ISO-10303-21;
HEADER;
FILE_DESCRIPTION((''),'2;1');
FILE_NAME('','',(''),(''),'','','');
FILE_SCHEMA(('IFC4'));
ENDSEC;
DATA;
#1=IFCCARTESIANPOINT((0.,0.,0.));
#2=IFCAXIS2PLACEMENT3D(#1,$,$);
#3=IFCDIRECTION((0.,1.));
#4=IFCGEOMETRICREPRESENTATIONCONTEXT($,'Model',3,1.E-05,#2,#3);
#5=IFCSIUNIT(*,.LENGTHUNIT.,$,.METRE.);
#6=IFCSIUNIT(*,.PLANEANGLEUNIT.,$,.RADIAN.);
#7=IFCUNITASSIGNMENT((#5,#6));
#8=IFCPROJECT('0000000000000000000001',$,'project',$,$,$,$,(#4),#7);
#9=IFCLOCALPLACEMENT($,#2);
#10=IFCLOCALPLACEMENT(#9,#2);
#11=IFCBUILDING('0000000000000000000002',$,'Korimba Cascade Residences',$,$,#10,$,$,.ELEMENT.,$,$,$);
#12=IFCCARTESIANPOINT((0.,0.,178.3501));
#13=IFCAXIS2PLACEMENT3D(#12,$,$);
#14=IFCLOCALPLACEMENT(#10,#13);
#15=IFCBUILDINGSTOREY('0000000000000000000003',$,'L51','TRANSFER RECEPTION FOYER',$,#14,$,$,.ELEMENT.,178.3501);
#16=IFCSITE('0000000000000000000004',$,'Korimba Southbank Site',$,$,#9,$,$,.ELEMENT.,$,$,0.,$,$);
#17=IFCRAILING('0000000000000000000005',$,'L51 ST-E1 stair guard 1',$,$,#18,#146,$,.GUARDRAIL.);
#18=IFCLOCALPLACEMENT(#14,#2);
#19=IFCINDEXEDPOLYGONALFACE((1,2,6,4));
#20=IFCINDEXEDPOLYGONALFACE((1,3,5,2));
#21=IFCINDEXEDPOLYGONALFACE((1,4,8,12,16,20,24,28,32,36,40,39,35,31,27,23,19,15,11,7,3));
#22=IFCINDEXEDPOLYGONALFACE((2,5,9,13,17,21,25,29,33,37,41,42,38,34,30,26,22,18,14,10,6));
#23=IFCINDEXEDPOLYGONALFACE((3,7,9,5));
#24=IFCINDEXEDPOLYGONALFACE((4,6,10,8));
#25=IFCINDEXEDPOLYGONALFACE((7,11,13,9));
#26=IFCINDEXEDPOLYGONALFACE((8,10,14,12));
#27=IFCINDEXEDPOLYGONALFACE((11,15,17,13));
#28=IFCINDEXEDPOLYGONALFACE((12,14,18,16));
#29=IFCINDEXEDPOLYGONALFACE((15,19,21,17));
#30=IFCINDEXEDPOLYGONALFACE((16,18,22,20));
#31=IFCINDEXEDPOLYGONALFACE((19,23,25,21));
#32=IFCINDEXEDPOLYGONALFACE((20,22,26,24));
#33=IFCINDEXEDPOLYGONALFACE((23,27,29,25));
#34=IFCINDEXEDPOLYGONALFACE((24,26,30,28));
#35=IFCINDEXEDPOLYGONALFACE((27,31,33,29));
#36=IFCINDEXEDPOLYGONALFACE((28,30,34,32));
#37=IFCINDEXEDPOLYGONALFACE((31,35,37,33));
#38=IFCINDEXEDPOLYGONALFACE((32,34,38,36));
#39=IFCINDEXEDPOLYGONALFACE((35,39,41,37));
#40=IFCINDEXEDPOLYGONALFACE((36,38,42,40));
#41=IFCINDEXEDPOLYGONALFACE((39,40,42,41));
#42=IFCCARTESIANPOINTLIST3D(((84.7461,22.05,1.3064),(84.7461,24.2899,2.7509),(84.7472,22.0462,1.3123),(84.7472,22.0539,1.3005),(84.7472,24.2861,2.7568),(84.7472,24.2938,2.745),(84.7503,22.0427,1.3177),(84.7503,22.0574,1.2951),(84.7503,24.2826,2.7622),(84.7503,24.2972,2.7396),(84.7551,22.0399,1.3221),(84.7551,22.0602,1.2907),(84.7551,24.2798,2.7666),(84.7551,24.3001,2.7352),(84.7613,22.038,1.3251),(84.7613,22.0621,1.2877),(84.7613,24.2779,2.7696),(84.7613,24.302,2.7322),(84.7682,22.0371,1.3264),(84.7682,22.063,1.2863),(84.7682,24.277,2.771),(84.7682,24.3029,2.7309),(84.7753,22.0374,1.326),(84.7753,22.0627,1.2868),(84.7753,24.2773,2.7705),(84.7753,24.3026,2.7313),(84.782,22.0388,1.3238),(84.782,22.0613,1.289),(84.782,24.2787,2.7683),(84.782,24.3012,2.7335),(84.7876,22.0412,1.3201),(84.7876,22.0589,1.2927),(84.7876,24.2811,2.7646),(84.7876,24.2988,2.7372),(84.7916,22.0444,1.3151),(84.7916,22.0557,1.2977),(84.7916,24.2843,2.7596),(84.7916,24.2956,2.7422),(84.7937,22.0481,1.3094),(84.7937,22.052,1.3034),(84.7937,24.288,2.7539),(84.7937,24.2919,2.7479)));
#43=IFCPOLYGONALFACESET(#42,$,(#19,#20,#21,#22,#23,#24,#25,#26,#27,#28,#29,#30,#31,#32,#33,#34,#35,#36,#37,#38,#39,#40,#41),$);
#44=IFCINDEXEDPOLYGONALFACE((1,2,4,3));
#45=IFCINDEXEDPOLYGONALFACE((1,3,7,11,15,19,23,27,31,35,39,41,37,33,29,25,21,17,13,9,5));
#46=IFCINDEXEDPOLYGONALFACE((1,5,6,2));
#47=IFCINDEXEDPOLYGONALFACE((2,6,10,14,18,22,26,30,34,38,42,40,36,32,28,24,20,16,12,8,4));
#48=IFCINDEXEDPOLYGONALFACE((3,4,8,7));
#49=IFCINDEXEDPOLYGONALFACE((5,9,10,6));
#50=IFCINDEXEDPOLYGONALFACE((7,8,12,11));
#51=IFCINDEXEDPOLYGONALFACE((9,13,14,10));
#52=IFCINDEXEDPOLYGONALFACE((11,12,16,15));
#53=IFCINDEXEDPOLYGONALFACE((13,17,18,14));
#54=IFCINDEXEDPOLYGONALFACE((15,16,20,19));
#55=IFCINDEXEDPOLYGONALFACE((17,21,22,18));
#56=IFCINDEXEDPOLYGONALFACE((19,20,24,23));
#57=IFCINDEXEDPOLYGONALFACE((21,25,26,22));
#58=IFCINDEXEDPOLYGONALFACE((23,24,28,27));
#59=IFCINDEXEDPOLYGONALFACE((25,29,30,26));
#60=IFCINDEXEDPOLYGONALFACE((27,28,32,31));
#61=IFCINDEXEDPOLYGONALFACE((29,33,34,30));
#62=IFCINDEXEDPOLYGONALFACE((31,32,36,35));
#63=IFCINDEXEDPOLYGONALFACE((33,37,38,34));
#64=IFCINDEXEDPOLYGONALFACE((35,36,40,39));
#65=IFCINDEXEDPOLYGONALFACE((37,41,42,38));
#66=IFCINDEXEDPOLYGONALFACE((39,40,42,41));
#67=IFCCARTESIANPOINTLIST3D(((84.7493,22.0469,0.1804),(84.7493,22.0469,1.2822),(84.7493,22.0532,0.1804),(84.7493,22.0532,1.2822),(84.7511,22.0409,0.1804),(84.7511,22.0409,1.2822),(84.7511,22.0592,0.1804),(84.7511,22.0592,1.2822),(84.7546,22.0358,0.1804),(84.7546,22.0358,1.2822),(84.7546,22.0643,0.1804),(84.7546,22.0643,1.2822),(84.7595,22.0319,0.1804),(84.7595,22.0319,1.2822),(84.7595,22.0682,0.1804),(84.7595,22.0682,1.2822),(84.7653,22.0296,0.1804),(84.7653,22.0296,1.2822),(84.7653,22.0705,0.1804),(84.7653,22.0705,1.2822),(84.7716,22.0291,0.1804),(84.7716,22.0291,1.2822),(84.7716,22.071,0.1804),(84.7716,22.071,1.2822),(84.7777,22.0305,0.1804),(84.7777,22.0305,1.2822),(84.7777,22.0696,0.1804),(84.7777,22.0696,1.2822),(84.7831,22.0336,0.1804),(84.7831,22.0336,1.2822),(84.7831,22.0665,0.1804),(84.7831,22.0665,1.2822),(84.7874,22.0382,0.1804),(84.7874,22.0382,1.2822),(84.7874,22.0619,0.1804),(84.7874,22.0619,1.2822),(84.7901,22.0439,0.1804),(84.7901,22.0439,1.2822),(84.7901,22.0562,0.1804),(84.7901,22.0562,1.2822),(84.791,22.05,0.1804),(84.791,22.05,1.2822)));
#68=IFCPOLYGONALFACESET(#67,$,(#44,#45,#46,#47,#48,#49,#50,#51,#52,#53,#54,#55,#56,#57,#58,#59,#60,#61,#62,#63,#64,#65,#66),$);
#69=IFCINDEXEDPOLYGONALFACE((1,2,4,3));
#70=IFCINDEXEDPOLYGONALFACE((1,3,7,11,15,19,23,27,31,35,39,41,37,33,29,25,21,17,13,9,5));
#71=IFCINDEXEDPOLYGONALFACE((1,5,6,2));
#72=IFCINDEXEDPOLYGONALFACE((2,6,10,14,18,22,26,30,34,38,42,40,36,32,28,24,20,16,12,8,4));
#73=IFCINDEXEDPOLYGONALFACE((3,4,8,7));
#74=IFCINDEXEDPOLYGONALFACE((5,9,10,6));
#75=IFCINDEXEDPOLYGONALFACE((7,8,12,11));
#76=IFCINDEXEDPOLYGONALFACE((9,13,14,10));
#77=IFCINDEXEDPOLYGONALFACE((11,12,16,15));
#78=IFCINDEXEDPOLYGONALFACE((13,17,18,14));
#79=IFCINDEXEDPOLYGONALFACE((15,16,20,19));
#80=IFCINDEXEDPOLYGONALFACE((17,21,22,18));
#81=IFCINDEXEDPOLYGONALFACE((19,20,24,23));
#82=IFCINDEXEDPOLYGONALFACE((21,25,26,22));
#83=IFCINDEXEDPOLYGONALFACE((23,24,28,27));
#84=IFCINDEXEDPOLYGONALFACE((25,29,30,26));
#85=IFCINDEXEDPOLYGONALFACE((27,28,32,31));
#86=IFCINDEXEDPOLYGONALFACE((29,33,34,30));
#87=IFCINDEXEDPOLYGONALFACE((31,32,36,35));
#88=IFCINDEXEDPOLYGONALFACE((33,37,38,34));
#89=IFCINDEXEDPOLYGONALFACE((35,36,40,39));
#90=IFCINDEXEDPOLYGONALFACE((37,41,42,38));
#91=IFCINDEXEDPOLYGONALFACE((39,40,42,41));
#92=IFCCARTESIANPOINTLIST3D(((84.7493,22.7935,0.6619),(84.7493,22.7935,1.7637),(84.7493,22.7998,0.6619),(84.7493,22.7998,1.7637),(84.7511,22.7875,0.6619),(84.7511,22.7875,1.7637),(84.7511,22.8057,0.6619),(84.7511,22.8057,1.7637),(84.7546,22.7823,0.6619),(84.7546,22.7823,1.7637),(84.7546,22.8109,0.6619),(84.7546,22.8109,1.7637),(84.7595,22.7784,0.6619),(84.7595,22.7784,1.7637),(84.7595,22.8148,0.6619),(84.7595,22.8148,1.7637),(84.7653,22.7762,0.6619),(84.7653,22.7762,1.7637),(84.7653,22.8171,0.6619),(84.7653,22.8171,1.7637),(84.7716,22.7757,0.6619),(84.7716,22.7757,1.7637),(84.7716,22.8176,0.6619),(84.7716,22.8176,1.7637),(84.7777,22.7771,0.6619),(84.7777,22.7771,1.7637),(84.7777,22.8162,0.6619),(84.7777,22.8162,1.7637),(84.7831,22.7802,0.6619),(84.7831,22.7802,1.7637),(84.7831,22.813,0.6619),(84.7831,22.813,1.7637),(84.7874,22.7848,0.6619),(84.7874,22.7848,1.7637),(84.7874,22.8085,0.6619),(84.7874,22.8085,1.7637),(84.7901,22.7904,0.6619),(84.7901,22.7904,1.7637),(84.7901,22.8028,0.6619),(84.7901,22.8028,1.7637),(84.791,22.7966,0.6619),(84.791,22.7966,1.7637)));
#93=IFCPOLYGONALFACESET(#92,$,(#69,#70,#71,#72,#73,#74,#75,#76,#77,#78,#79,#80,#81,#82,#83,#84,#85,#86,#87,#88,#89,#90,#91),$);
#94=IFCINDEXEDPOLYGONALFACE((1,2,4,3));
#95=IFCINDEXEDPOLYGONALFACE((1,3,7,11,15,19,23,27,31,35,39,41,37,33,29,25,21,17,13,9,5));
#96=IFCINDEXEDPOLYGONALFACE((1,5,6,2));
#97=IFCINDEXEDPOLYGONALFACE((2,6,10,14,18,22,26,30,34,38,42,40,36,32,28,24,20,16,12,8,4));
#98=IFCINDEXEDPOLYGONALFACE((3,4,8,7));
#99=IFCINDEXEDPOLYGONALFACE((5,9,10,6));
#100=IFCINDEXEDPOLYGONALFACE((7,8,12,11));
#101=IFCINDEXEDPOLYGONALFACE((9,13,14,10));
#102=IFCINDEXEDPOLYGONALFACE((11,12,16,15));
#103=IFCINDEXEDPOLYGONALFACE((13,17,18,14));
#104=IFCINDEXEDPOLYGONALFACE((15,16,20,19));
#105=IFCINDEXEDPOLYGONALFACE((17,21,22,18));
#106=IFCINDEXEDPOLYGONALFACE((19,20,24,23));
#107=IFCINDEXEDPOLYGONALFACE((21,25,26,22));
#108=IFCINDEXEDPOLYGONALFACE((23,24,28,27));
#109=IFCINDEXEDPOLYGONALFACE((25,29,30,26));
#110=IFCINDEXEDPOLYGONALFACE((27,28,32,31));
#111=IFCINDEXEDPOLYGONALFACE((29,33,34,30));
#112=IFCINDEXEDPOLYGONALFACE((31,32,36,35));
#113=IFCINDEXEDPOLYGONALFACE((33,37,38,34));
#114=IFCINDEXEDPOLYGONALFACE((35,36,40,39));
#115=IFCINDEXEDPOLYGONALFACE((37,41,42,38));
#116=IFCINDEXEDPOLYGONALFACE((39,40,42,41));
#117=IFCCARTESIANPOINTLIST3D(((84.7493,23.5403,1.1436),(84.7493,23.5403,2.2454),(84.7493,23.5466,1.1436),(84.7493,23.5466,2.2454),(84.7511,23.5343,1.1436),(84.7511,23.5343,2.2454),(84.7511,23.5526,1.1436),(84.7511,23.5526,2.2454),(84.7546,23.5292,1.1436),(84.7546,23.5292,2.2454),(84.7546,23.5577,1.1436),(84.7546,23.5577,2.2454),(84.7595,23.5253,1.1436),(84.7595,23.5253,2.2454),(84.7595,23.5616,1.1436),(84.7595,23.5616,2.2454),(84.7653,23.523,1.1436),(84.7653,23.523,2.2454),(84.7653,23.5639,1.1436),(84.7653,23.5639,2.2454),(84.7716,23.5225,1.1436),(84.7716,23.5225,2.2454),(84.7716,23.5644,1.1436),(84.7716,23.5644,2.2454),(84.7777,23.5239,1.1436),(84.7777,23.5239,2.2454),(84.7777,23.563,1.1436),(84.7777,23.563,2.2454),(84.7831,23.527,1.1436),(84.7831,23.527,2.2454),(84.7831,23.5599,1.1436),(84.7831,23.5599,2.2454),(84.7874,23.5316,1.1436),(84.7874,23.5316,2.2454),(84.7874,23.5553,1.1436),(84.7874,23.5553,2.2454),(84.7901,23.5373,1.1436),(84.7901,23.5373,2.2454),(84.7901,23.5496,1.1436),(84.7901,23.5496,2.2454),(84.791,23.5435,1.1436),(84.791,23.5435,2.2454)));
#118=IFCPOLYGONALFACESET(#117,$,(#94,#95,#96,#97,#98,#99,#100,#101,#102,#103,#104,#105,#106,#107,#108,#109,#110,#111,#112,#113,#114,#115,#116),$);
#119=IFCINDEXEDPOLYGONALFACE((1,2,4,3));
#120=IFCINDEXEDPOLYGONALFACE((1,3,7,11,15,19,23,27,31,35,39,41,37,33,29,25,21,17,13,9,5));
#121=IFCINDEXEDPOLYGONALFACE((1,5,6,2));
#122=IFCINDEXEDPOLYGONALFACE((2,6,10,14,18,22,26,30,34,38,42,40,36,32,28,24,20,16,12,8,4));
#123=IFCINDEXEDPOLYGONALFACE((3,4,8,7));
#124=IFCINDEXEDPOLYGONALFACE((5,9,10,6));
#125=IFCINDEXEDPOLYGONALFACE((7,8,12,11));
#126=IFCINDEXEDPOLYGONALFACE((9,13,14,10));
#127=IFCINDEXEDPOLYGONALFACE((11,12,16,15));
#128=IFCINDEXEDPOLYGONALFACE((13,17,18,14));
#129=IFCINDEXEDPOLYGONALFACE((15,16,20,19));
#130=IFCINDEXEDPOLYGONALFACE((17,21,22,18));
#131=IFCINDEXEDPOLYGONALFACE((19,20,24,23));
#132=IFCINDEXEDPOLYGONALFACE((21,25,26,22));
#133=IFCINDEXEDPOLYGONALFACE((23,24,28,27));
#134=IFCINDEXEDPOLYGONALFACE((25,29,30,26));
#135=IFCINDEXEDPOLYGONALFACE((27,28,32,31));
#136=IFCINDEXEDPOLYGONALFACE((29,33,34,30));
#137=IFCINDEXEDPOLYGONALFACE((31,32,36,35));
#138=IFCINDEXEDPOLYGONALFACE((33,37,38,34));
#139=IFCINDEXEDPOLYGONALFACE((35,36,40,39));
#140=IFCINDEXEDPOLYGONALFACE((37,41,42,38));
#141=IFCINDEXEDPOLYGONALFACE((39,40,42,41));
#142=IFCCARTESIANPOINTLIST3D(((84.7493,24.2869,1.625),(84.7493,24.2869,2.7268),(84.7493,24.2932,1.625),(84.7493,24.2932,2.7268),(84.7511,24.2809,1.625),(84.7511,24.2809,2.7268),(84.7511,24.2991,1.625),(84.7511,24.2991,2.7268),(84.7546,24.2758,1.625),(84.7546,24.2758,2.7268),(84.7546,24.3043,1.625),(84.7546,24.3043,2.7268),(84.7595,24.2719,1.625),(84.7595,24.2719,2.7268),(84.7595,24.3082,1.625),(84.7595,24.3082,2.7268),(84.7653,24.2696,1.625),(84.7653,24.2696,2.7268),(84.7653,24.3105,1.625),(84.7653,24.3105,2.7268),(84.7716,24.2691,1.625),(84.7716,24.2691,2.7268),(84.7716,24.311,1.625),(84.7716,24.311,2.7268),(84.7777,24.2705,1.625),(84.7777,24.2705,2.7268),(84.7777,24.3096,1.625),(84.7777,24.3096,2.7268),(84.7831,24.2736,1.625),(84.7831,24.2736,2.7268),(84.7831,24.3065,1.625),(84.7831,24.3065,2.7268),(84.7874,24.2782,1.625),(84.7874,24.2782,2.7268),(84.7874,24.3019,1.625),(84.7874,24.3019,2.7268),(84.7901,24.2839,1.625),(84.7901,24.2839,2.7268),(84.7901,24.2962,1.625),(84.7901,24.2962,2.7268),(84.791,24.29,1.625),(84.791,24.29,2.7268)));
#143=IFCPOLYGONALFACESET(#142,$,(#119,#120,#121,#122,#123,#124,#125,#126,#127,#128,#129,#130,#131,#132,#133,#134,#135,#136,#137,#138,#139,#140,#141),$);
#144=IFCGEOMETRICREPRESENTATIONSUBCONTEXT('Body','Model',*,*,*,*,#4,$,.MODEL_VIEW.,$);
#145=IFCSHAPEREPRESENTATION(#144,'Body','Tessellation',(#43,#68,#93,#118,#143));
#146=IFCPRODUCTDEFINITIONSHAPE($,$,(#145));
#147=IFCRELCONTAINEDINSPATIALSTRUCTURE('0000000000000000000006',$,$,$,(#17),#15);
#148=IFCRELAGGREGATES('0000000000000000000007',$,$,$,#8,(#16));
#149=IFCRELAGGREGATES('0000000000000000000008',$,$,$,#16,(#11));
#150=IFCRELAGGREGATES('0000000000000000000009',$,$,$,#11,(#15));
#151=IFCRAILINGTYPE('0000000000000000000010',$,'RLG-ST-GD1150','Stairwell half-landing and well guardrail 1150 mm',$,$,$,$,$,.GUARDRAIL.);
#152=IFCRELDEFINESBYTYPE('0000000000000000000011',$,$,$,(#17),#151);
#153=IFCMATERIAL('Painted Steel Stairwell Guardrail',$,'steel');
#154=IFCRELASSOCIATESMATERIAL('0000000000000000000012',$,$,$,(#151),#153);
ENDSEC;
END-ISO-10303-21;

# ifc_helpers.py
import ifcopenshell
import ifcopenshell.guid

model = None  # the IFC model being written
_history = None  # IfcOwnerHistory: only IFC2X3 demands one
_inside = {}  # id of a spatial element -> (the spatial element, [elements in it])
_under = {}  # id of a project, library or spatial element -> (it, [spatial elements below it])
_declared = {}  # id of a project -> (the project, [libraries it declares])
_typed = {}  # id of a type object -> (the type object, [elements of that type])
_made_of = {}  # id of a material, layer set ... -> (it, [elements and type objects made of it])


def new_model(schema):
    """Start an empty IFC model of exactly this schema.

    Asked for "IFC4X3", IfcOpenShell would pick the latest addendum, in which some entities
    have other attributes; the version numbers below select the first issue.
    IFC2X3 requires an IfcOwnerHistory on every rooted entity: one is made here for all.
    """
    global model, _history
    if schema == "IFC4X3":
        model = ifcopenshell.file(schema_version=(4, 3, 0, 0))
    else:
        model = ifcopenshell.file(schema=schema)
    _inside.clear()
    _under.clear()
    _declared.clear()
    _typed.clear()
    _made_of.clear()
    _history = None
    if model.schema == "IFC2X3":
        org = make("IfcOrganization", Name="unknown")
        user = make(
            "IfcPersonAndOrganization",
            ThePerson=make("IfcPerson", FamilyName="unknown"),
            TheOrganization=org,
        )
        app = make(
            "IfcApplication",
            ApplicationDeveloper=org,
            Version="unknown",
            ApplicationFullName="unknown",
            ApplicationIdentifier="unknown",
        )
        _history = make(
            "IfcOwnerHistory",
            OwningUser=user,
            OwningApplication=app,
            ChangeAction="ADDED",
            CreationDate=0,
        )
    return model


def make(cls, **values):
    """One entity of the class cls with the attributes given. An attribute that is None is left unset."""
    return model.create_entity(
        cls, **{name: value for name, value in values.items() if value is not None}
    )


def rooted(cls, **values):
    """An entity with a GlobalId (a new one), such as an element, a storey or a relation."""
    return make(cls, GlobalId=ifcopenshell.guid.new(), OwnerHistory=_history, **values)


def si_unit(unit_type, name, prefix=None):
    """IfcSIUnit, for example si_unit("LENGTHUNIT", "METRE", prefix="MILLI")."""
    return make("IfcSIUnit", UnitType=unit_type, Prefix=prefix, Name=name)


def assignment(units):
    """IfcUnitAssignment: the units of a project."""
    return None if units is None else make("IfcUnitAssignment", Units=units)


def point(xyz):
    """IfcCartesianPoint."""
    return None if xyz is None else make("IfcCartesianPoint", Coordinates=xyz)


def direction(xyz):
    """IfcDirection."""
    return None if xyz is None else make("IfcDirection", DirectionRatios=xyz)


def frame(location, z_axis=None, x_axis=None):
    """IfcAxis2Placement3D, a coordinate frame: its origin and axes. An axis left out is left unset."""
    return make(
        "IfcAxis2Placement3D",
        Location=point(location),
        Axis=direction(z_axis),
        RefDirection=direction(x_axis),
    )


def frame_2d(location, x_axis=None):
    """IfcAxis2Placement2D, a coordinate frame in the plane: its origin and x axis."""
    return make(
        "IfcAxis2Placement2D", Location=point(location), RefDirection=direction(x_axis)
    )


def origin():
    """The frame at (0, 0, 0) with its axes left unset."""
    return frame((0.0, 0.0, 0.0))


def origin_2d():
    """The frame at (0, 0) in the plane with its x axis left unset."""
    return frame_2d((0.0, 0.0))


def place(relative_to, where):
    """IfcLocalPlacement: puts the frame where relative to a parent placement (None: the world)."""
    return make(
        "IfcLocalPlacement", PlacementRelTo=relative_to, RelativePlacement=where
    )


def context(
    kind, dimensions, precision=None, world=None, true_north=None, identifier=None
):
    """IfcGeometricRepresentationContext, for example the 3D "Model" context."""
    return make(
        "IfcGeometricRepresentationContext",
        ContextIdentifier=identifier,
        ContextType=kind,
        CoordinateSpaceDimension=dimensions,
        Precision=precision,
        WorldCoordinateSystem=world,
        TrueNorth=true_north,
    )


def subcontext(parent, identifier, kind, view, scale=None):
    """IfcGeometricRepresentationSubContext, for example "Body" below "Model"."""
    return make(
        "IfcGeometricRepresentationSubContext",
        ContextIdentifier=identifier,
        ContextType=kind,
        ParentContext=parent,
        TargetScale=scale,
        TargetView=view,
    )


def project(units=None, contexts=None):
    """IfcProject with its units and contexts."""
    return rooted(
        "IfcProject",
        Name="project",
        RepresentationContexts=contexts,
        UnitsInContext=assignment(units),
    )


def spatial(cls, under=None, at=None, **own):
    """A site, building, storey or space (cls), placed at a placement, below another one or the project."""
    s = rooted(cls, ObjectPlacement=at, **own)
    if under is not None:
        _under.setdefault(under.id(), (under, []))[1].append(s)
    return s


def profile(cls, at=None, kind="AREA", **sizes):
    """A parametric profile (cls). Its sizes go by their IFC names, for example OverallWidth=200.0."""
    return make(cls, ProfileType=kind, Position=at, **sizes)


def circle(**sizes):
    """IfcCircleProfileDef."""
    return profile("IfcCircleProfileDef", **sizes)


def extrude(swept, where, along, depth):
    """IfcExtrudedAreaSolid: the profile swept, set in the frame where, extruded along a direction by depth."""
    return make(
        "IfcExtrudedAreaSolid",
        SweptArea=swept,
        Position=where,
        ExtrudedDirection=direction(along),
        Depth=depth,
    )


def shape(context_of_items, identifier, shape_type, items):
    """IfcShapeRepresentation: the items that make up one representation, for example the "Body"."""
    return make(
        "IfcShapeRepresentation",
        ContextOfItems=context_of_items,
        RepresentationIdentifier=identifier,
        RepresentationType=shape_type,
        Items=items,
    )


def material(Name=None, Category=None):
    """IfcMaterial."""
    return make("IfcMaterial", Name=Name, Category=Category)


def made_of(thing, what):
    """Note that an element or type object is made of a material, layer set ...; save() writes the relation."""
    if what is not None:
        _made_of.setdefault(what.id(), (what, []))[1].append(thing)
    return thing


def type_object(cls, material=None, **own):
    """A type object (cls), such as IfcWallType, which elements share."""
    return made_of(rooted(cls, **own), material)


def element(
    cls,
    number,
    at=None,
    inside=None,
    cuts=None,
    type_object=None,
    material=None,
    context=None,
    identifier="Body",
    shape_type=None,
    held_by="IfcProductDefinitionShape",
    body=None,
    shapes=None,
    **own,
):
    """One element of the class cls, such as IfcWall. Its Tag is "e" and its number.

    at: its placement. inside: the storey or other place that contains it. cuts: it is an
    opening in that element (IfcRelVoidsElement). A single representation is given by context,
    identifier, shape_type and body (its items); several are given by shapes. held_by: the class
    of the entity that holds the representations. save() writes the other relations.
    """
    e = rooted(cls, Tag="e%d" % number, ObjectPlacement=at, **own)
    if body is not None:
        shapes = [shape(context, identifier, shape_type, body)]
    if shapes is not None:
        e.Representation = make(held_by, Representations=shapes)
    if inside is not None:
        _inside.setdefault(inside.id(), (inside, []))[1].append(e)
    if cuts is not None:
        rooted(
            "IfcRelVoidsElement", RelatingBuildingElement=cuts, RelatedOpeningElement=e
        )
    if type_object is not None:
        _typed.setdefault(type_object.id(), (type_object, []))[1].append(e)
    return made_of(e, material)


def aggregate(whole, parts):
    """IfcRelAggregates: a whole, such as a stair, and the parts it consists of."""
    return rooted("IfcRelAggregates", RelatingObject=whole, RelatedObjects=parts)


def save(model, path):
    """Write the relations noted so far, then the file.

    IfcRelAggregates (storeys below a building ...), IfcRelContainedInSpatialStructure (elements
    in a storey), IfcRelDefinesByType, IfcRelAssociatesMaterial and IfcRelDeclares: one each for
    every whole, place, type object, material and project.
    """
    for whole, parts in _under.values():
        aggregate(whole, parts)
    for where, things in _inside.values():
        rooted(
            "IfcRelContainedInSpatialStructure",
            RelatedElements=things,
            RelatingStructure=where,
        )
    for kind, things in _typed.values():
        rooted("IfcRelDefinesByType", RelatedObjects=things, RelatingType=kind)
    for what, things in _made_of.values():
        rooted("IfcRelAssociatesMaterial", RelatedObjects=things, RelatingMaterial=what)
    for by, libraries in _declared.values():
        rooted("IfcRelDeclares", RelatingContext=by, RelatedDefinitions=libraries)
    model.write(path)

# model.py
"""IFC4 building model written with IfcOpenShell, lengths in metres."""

from ifc_helpers import new_model, si_unit, direction, frame, origin, origin_2d, place, context, subcontext, project, spatial, circle, extrude, material, type_object, element, save


model = new_model("IFC4")

# Units and contexts
model_context = context("Model", 3, precision=1e-05, world=origin(), true_north=direction((0.0, 1.0)))
body_context = subcontext(model_context, "Body", "Model", "MODEL_VIEW")
ifc_project = project(units=[si_unit("LENGTHUNIT", "METRE"), si_unit("PLANEANGLEUNIT", "RADIAN")], contexts=[model_context])

# Site, building, storey
site_placement = place(None, origin())
site = spatial("IfcSite", under=ifc_project, at=site_placement, Name="Korimba Southbank Site", CompositionType="ELEMENT", RefElevation=0.0)
building_placement = place(site_placement, origin())
building = spatial("IfcBuilding", under=site, at=building_placement, Name="Korimba Cascade Residences", CompositionType="ELEMENT")
storey_placement = place(building_placement, frame((0.0, 0.0, 178.3501)))
storey = spatial("IfcBuildingStorey", under=building, at=storey_placement, Name="L51", Description="TRANSFER RECEPTION FOYER", CompositionType="ELEMENT", Elevation=178.3501)

# Railing
ifc_material_1 = material(Name="Painted Steel Stairwell Guardrail", Category="steel")
railing_type_1 = type_object("IfcRailingType", Name="RLG-ST-GD1150", Description="Stairwell half-landing and well guardrail 1150 mm", PredefinedType="GUARDRAIL", material=ifc_material_1)
railing_1_placement = place(storey_placement, frame((84.77, 22.05, 0.1804)))
element("IfcRailing", 1, at=railing_1_placement, inside=storey, type_object=railing_type_1, Name="L51 ST-E1 stair guard 1", PredefinedType="GUARDRAIL", context=body_context, shape_type="SweptSolid", body=[
    extrude(circle(Radius=0.0239, at=origin_2d()), frame((0.0, 0.0, 1.126), z_axis=(0.0, 0.840395, 0.541975), x_axis=(-1.0, 0.0, 0.0)), (0.0, 0.0, 1.0), 2.6653),
    extrude(circle(Radius=0.021, at=origin_2d()), origin(), (0.0, 0.0, 1.0), 1.1018),
    extrude(circle(Radius=0.021, at=origin_2d()), frame((0.0, 0.7466, 0.4814)), (0.0, 0.0, 1.0), 1.1018),
    extrude(circle(Radius=0.021, at=origin_2d()), frame((0.0, 1.4934, 0.9631)), (0.0, 0.0, 1.0), 1.1018),
    extrude(circle(Radius=0.021, at=origin_2d()), frame((0.0, 2.24, 1.4446)), (0.0, 0.0, 1.0), 1.1018),
])

save(model, "model.ifc")
